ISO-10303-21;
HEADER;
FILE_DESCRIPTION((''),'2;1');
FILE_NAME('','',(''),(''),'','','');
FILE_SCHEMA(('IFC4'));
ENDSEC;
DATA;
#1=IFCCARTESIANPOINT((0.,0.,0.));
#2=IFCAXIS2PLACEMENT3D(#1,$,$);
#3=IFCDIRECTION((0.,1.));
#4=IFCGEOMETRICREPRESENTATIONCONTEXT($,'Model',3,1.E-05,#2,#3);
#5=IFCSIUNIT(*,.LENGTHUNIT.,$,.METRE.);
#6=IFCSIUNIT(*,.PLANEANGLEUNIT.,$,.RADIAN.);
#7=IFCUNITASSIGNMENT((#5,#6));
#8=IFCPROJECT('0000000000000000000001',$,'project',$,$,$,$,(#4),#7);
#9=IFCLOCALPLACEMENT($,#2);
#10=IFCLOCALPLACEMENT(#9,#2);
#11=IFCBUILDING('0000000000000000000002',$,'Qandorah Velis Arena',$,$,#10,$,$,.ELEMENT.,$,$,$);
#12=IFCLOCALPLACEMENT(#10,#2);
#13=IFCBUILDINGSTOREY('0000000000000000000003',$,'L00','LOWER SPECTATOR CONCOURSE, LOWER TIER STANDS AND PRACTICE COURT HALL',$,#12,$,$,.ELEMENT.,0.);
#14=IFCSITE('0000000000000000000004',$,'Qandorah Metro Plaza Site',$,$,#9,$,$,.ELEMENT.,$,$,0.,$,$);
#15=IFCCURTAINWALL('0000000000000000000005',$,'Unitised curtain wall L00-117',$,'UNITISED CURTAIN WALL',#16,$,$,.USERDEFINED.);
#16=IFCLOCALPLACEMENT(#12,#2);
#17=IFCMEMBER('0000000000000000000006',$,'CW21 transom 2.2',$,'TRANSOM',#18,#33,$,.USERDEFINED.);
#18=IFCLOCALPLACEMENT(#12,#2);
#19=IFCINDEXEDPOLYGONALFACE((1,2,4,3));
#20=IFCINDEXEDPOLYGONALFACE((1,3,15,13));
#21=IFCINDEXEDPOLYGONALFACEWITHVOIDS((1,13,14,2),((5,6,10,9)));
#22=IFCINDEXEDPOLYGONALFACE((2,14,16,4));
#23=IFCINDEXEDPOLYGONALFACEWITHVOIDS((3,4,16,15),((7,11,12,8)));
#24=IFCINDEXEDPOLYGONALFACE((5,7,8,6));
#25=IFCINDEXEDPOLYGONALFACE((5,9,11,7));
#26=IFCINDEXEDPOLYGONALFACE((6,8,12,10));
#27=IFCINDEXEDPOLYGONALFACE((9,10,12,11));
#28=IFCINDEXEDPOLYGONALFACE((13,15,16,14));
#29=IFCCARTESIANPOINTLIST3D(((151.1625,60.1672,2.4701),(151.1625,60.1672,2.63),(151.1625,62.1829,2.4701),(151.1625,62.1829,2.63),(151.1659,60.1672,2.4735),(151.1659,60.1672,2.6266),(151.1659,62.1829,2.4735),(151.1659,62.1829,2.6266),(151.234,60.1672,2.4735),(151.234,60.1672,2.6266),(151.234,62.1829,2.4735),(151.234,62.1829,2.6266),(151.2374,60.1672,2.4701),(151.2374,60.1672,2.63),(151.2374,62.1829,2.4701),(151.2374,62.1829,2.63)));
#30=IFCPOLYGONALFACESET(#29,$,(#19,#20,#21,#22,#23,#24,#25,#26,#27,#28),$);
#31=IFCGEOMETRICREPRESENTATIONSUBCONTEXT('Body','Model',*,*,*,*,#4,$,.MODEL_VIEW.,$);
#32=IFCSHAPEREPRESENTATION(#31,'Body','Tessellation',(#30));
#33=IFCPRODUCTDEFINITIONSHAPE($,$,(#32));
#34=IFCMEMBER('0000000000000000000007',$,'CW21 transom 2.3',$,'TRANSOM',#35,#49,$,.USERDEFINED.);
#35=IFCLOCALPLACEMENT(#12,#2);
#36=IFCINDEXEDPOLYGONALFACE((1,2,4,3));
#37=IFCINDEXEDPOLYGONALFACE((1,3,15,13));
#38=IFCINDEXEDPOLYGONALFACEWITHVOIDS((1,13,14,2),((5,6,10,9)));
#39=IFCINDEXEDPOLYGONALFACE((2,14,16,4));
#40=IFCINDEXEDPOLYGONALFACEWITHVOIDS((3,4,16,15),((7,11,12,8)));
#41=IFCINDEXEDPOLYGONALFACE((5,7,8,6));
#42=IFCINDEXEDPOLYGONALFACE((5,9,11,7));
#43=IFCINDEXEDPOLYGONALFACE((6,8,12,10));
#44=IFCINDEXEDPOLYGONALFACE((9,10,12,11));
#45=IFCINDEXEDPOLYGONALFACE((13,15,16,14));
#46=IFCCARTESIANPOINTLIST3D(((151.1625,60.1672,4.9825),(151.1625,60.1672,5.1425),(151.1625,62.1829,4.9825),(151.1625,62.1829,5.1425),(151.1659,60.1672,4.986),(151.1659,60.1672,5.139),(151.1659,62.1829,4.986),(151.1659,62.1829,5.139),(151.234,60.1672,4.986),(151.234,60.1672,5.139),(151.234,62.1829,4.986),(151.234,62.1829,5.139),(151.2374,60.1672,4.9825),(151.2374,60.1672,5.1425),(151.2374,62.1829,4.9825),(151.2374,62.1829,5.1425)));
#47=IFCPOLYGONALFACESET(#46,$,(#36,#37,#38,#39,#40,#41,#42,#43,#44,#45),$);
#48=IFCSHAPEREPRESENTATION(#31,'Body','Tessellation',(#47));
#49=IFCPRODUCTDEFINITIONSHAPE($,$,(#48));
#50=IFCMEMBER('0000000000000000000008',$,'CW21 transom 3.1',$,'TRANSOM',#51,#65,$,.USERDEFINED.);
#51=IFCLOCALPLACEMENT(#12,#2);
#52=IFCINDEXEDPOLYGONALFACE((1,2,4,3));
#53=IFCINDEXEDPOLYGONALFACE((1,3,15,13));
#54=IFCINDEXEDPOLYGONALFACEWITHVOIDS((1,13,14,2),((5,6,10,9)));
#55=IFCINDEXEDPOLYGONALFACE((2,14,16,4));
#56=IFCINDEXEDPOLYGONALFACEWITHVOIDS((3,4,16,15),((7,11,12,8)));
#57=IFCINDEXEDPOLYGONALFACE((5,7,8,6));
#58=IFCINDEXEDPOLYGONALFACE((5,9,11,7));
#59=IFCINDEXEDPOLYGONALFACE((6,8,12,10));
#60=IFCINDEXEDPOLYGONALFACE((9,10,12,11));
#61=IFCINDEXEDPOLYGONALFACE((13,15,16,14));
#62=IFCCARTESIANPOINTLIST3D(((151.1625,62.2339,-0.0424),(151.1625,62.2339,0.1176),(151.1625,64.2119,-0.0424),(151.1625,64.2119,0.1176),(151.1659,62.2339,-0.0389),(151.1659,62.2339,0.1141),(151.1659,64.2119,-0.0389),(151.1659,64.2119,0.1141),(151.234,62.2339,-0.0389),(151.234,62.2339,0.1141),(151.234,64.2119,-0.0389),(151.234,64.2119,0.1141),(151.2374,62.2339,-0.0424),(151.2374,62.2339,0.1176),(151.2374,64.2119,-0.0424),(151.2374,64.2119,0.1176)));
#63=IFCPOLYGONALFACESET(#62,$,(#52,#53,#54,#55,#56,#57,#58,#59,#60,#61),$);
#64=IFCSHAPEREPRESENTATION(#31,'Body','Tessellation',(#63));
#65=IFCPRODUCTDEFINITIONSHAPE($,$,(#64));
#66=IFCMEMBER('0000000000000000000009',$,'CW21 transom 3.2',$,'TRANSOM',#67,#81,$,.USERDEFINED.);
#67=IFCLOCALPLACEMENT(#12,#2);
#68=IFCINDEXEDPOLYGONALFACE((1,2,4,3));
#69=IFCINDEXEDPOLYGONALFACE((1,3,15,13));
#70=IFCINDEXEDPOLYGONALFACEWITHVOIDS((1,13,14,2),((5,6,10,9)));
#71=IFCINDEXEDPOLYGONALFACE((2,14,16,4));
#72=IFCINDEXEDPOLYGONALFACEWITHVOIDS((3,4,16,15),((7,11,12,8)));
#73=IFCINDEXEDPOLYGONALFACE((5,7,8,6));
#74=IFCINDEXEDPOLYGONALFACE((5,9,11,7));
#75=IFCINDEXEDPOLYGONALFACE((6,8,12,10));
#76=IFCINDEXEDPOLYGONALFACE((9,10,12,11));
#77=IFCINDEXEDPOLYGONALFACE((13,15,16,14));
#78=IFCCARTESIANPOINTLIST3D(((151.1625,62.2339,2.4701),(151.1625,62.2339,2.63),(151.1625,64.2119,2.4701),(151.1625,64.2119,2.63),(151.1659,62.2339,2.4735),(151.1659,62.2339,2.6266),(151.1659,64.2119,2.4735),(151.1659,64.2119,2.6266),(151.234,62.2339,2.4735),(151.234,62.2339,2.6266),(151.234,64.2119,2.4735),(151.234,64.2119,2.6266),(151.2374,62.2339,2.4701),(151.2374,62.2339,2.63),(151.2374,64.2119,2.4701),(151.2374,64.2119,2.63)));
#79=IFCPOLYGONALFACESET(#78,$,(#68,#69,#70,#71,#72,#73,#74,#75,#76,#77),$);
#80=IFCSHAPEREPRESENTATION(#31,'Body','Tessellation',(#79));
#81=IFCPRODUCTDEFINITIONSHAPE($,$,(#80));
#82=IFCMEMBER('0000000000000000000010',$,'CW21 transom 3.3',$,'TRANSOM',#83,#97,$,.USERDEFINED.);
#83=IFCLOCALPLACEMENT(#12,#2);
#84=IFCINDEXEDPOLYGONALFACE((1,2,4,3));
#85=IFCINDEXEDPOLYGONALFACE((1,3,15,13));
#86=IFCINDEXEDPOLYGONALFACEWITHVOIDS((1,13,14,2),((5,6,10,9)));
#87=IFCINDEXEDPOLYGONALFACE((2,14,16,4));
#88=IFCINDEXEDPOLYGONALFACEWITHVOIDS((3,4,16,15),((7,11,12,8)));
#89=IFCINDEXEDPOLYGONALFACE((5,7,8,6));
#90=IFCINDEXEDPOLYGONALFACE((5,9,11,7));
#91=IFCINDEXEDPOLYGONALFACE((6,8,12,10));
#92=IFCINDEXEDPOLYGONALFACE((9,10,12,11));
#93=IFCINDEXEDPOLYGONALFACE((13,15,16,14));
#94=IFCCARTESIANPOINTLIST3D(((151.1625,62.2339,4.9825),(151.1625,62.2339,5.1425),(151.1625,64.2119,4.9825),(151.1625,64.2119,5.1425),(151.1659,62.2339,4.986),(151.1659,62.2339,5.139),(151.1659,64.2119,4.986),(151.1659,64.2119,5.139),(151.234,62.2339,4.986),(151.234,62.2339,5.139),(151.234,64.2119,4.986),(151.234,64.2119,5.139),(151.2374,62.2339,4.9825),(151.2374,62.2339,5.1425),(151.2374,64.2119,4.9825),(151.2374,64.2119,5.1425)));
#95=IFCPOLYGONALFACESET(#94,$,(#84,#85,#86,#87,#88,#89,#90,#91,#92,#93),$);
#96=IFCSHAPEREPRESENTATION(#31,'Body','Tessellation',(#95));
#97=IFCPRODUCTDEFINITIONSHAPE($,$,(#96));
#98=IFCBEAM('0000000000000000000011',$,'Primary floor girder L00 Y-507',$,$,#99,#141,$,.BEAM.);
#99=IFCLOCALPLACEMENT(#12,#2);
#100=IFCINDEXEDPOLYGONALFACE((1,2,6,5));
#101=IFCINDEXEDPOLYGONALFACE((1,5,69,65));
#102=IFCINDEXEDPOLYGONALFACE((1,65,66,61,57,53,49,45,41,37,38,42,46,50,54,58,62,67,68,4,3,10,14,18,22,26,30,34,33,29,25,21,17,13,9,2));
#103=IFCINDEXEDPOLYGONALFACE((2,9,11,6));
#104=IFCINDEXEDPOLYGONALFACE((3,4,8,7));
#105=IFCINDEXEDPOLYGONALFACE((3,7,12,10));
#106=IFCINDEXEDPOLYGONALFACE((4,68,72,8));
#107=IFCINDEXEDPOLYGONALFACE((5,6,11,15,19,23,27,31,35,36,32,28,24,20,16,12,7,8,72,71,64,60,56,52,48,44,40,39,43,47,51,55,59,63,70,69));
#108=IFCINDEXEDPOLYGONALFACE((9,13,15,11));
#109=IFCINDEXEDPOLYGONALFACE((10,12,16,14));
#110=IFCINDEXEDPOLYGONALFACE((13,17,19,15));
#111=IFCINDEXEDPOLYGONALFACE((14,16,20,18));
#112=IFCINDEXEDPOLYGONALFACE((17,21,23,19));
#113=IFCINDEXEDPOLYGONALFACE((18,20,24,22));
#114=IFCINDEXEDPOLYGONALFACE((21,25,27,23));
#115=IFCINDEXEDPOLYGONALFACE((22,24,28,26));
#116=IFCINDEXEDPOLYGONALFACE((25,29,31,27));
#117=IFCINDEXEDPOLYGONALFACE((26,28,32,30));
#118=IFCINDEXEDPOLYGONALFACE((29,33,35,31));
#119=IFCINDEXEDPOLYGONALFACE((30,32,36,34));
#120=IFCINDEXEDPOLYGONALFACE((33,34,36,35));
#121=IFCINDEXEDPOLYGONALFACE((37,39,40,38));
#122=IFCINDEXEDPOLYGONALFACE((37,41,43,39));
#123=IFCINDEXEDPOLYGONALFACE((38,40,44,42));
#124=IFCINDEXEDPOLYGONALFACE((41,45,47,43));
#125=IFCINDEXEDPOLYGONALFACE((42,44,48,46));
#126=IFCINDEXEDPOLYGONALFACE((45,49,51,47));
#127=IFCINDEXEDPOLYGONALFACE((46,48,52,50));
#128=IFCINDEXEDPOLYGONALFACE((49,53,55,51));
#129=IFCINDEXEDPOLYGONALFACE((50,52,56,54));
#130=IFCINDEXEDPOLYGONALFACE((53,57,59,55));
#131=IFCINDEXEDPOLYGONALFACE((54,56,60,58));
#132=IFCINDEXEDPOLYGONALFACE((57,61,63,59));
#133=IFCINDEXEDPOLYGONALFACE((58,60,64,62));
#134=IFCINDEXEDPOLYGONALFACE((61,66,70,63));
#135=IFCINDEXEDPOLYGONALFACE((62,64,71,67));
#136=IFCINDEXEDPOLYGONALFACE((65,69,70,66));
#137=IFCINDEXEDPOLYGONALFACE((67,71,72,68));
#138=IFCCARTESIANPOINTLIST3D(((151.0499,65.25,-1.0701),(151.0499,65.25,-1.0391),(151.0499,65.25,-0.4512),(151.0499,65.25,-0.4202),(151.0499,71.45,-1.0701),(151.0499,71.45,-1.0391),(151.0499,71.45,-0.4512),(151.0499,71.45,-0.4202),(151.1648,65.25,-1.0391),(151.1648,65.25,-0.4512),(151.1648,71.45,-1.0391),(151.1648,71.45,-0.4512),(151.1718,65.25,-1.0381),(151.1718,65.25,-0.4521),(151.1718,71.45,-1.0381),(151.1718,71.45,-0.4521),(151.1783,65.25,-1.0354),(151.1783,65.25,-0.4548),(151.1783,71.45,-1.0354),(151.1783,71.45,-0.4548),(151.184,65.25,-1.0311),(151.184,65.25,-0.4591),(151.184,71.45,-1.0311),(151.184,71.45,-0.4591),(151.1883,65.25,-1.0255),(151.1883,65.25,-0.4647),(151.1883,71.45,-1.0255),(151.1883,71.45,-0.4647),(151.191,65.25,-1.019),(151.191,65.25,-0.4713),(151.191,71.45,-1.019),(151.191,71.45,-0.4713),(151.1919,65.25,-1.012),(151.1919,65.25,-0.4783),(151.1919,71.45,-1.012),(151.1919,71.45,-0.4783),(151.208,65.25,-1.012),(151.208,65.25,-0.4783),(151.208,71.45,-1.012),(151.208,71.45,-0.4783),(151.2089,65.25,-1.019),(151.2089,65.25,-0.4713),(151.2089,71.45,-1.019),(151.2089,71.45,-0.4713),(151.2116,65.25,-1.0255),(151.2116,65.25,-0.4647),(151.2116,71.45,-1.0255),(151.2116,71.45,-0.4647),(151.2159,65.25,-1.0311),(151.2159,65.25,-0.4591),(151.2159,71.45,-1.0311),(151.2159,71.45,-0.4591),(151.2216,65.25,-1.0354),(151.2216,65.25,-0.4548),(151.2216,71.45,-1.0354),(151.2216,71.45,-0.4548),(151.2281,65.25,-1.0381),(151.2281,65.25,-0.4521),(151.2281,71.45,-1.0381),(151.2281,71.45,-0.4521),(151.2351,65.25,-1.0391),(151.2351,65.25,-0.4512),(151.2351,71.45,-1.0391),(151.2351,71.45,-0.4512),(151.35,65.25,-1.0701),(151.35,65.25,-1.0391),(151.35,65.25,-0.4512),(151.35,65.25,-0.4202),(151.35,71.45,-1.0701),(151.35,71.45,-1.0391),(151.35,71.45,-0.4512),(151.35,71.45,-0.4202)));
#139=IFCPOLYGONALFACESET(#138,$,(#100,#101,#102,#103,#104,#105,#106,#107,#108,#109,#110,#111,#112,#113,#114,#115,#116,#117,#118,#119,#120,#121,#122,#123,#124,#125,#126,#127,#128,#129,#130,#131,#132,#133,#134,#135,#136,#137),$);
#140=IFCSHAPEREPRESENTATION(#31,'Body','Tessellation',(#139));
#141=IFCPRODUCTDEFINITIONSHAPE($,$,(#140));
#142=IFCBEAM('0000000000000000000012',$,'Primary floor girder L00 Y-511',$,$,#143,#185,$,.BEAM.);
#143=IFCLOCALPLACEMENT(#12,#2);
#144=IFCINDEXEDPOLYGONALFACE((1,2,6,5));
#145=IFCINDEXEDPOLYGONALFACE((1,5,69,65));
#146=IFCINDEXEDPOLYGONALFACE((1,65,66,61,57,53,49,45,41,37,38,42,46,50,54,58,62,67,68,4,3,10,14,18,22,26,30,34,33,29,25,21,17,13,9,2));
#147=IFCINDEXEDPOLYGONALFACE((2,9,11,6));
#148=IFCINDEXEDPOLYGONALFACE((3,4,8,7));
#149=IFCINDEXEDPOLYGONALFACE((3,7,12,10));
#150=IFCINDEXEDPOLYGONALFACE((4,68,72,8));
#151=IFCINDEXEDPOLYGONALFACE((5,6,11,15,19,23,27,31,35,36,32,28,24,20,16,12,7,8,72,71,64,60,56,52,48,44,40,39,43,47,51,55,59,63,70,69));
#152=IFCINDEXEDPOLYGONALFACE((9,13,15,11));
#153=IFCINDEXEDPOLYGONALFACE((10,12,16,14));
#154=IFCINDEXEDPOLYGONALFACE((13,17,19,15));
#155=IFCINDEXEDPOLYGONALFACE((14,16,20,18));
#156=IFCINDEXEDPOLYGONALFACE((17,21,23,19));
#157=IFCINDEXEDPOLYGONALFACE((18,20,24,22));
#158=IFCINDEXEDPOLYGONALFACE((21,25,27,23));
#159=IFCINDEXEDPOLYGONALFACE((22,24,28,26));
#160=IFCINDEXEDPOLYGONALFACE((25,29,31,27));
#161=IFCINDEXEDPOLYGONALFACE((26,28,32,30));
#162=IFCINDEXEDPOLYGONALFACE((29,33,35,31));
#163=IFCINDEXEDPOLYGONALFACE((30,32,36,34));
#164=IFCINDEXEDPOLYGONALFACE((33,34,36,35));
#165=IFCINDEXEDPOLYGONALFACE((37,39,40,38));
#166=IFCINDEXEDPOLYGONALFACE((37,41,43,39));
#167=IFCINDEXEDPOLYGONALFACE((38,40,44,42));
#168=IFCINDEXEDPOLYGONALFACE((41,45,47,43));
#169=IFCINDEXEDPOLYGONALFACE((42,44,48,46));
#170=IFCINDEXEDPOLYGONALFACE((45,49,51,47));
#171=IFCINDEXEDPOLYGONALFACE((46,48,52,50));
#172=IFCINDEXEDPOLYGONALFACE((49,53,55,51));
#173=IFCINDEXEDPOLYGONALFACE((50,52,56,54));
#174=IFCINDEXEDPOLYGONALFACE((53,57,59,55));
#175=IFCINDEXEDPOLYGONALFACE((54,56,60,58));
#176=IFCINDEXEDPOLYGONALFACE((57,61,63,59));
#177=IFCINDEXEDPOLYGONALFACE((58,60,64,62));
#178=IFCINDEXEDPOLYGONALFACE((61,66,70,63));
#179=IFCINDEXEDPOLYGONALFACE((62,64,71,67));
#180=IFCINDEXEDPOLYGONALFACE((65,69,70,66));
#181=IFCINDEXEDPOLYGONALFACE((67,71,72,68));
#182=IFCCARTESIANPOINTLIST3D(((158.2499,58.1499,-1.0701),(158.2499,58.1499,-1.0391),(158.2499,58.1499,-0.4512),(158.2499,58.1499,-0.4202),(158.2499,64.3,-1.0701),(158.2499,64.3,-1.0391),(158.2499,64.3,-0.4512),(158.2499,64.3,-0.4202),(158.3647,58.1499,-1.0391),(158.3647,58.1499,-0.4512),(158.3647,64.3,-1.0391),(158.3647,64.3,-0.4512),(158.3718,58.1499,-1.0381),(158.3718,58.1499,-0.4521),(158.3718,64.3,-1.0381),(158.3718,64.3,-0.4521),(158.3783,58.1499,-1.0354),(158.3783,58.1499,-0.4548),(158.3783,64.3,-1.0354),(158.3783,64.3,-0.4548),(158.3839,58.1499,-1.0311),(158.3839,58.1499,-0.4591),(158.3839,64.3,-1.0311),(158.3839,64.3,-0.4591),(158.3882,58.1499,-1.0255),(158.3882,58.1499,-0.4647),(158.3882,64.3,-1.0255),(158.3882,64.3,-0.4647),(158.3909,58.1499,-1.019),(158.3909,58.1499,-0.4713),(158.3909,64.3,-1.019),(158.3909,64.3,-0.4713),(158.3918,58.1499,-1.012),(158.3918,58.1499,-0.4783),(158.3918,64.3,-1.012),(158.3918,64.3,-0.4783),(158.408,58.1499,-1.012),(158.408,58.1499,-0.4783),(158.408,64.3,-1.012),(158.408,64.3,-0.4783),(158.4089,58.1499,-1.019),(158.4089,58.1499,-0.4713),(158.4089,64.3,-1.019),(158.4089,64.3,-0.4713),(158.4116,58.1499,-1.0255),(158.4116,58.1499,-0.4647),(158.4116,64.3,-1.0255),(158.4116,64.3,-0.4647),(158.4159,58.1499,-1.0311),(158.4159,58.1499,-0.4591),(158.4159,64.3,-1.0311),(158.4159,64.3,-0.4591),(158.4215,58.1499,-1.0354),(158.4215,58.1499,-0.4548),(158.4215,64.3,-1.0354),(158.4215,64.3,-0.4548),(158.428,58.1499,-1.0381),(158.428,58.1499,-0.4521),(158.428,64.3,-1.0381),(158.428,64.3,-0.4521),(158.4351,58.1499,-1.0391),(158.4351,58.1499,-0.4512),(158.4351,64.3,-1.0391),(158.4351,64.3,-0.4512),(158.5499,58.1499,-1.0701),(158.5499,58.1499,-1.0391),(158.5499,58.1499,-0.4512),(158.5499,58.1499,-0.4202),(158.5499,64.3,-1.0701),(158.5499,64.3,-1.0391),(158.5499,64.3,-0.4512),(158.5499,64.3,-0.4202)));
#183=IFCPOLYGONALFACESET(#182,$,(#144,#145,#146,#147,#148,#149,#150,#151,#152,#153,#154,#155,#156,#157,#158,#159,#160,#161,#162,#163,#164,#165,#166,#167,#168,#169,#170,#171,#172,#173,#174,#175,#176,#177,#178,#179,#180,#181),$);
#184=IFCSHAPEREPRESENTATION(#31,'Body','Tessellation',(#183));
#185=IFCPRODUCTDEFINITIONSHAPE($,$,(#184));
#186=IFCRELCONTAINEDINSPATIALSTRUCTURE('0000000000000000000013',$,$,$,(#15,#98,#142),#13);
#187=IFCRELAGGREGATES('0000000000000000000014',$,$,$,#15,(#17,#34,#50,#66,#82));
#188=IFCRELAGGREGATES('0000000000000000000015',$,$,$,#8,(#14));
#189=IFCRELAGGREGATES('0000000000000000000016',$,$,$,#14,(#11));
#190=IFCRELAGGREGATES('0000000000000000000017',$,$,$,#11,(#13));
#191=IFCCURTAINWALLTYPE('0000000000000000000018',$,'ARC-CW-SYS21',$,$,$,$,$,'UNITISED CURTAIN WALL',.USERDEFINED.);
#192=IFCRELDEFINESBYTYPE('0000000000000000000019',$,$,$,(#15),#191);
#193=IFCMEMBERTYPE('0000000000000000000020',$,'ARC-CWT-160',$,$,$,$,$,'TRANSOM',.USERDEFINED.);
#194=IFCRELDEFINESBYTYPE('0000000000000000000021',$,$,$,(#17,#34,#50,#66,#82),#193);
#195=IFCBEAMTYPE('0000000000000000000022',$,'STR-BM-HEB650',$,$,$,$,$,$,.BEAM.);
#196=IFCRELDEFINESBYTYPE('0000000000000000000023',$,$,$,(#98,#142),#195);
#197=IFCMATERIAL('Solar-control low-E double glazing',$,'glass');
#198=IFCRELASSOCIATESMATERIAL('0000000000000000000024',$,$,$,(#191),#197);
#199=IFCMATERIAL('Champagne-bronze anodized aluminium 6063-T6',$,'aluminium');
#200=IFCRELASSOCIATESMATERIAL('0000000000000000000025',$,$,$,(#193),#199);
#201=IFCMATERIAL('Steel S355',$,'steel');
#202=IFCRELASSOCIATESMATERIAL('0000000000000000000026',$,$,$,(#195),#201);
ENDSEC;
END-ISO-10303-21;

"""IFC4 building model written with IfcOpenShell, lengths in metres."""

from ifc_helpers import new_model, si_unit, direction, frame, origin, origin_2d, place, context, subcontext, project, spatial, hollow_rectangle, i_section, extrude, material, material_profile, profile_set, type_object, element, aggregate, save


model = new_model("IFC4")

# Units and contexts
model_context = context("Model", 3, precision=1e-05, world=origin(), true_north=direction((0.0, 1.0)))
body_context = subcontext(model_context, "Body", "Model", "MODEL_VIEW")
ifc_project = project(units=[si_unit("LENGTHUNIT", "METRE"), si_unit("PLANEANGLEUNIT", "RADIAN")], contexts=[model_context])

# Site, building, storey
site_placement = place(None, origin())
site = spatial("IfcSite", under=ifc_project, at=site_placement, Name="Qandorah Metro Plaza Site", CompositionType="ELEMENT", RefElevation=0.0)
building_placement = place(site_placement, origin())
building = spatial("IfcBuilding", under=site, at=building_placement, Name="Qandorah Velis Arena", CompositionType="ELEMENT")
storey_placement = place(building_placement, origin())
storey = spatial("IfcBuildingStorey", under=building, at=storey_placement, Name="L00", Description="LOWER SPECTATOR CONCOURSE, LOWER TIER STANDS AND PRACTICE COURT HALL", CompositionType="ELEMENT", Elevation=0.0)

# Shared definitions
ifc_material_1 = material(Name="Solar-control low-E double glazing", Category="glass")
ifc_material_2 = material(Name="Champagne-bronze anodized aluminium 6063-T6", Category="aluminium")

# Curtain wall
curtain_wall_type_1 = type_object("IfcCurtainWallType", Name="ARC-CW-SYS21", ElementType="UNITISED CURTAIN WALL", PredefinedType="USERDEFINED", material=ifc_material_1)
curtain_wall_1_placement = place(storey_placement, origin())
curtain_wall_1 = element("IfcCurtainWall", 1, at=curtain_wall_1_placement, inside=storey, type_object=curtain_wall_type_1, Name="Unitised curtain wall L00-117", ObjectType="UNITISED CURTAIN WALL", PredefinedType="USERDEFINED")

# Members
ifc_material_profile_1 = material_profile(ifc_material_2, hollow_rectangle(XDim=0.075, YDim=0.1599, WallThickness=0.0034, at=origin_2d()), Name="ALU TRANSOM 75x160")
ifc_profile_set_1 = profile_set([ifc_material_profile_1], Name="Champagne-bronze anodized aluminium 6063-T6")
member_type_1 = type_object("IfcMemberType", Name="ARC-CWT-160", ElementType="TRANSOM", PredefinedType="USERDEFINED", material=ifc_profile_set_1)
member_1_placement = place(storey_placement, frame((151.2, 60.1672, 2.55), z_axis=(0.0, 1.0, 0.0), x_axis=(-1.0, 0.0, 0.0)))
member_1 = element("IfcMember", 2, at=member_1_placement, type_object=member_type_1, Name="CW21 transom 2.2", ObjectType="TRANSOM", PredefinedType="USERDEFINED", context=body_context, shape_type="SweptSolid", body=[
    extrude(hollow_rectangle(XDim=0.075, YDim=0.1599, WallThickness=0.0034, at=origin_2d()), origin(), (0.0, 0.0, 1.0), 2.0156),
])
member_2_placement = place(storey_placement, frame((151.2, 60.1672, 5.0625), z_axis=(0.0, 1.0, 0.0), x_axis=(-1.0, 0.0, 0.0)))
member_2 = element("IfcMember", 3, at=member_2_placement, type_object=member_type_1, Name="CW21 transom 2.3", ObjectType="TRANSOM", PredefinedType="USERDEFINED", context=body_context, shape_type="SweptSolid", body=[
    extrude(hollow_rectangle(XDim=0.075, YDim=0.1599, WallThickness=0.0034, at=origin_2d()), origin(), (0.0, 0.0, 1.0), 2.0156),
])
member_3_placement = place(storey_placement, frame((151.2, 62.2339, 0.0376), z_axis=(0.0, 1.0, 0.0), x_axis=(-1.0, 0.0, 0.0)))
member_3 = element("IfcMember", 4, at=member_3_placement, type_object=member_type_1, Name="CW21 transom 3.1", ObjectType="TRANSOM", PredefinedType="USERDEFINED", context=body_context, shape_type="SweptSolid", body=[
    extrude(hollow_rectangle(XDim=0.075, YDim=0.1599, WallThickness=0.0034, at=origin_2d()), origin(), (0.0, 0.0, 1.0), 1.978),
])
member_4_placement = place(storey_placement, frame((151.2, 62.2339, 2.55), z_axis=(0.0, 1.0, 0.0), x_axis=(-1.0, 0.0, 0.0)))
member_4 = element("IfcMember", 5, at=member_4_placement, type_object=member_type_1, Name="CW21 transom 3.2", ObjectType="TRANSOM", PredefinedType="USERDEFINED", context=body_context, shape_type="SweptSolid", body=[
    extrude(hollow_rectangle(XDim=0.075, YDim=0.1599, WallThickness=0.0034, at=origin_2d()), origin(), (0.0, 0.0, 1.0), 1.978),
])
member_5_placement = place(storey_placement, frame((151.2, 62.2339, 5.0625), z_axis=(0.0, 1.0, 0.0), x_axis=(-1.0, 0.0, 0.0)))
member_5 = element("IfcMember", 6, at=member_5_placement, type_object=member_type_1, Name="CW21 transom 3.3", ObjectType="TRANSOM", PredefinedType="USERDEFINED", context=body_context, shape_type="SweptSolid", body=[
    extrude(hollow_rectangle(XDim=0.075, YDim=0.1599, WallThickness=0.0034, at=origin_2d()), origin(), (0.0, 0.0, 1.0), 1.978),
])

# Beams
ifc_material_3 = material(Name="Steel S355", Category="steel")
ifc_material_profile_2 = material_profile(ifc_material_3, i_section(OverallWidth=0.3, OverallDepth=0.6499, WebThickness=0.0161, FlangeThickness=0.031, FilletRadius=0.0271, at=origin_2d()), Name="HEB 650")
ifc_profile_set_2 = profile_set([ifc_material_profile_2], Name="Steel S355")
beam_type_1 = type_object("IfcBeamType", Name="STR-BM-HEB650", PredefinedType="BEAM", material=ifc_profile_set_2)
beam_1_placement = place(storey_placement, frame((151.2, 65.25, -0.7451), z_axis=(0.0, 1.0, 0.0), x_axis=(-1.0, 0.0, 0.0)))
element("IfcBeam", 7, at=beam_1_placement, inside=storey, type_object=beam_type_1, Name="Primary floor girder L00 Y-507", PredefinedType="BEAM", context=body_context, shape_type="SweptSolid", body=[
    extrude(i_section(OverallWidth=0.3, OverallDepth=0.6499, WebThickness=0.0161, FlangeThickness=0.031, FilletRadius=0.0271, at=origin_2d()), origin(), (0.0, 0.0, 1.0), 6.2),
])
beam_2_placement = place(storey_placement, frame((158.3999, 58.1499, -0.7451), z_axis=(0.0, 1.0, 0.0), x_axis=(-1.0, 0.0, 0.0)))
element("IfcBeam", 8, at=beam_2_placement, inside=storey, type_object=beam_type_1, Name="Primary floor girder L00 Y-511", PredefinedType="BEAM", context=body_context, shape_type="SweptSolid", body=[
    extrude(i_section(OverallWidth=0.3, OverallDepth=0.6499, WebThickness=0.0161, FlangeThickness=0.031, FilletRadius=0.0271, at=origin_2d()), origin(), (0.0, 0.0, 1.0), 6.1501),
])

aggregate(curtain_wall_1, [member_1, member_2, member_3, member_4, member_5])

save(model, "model.ifc")
